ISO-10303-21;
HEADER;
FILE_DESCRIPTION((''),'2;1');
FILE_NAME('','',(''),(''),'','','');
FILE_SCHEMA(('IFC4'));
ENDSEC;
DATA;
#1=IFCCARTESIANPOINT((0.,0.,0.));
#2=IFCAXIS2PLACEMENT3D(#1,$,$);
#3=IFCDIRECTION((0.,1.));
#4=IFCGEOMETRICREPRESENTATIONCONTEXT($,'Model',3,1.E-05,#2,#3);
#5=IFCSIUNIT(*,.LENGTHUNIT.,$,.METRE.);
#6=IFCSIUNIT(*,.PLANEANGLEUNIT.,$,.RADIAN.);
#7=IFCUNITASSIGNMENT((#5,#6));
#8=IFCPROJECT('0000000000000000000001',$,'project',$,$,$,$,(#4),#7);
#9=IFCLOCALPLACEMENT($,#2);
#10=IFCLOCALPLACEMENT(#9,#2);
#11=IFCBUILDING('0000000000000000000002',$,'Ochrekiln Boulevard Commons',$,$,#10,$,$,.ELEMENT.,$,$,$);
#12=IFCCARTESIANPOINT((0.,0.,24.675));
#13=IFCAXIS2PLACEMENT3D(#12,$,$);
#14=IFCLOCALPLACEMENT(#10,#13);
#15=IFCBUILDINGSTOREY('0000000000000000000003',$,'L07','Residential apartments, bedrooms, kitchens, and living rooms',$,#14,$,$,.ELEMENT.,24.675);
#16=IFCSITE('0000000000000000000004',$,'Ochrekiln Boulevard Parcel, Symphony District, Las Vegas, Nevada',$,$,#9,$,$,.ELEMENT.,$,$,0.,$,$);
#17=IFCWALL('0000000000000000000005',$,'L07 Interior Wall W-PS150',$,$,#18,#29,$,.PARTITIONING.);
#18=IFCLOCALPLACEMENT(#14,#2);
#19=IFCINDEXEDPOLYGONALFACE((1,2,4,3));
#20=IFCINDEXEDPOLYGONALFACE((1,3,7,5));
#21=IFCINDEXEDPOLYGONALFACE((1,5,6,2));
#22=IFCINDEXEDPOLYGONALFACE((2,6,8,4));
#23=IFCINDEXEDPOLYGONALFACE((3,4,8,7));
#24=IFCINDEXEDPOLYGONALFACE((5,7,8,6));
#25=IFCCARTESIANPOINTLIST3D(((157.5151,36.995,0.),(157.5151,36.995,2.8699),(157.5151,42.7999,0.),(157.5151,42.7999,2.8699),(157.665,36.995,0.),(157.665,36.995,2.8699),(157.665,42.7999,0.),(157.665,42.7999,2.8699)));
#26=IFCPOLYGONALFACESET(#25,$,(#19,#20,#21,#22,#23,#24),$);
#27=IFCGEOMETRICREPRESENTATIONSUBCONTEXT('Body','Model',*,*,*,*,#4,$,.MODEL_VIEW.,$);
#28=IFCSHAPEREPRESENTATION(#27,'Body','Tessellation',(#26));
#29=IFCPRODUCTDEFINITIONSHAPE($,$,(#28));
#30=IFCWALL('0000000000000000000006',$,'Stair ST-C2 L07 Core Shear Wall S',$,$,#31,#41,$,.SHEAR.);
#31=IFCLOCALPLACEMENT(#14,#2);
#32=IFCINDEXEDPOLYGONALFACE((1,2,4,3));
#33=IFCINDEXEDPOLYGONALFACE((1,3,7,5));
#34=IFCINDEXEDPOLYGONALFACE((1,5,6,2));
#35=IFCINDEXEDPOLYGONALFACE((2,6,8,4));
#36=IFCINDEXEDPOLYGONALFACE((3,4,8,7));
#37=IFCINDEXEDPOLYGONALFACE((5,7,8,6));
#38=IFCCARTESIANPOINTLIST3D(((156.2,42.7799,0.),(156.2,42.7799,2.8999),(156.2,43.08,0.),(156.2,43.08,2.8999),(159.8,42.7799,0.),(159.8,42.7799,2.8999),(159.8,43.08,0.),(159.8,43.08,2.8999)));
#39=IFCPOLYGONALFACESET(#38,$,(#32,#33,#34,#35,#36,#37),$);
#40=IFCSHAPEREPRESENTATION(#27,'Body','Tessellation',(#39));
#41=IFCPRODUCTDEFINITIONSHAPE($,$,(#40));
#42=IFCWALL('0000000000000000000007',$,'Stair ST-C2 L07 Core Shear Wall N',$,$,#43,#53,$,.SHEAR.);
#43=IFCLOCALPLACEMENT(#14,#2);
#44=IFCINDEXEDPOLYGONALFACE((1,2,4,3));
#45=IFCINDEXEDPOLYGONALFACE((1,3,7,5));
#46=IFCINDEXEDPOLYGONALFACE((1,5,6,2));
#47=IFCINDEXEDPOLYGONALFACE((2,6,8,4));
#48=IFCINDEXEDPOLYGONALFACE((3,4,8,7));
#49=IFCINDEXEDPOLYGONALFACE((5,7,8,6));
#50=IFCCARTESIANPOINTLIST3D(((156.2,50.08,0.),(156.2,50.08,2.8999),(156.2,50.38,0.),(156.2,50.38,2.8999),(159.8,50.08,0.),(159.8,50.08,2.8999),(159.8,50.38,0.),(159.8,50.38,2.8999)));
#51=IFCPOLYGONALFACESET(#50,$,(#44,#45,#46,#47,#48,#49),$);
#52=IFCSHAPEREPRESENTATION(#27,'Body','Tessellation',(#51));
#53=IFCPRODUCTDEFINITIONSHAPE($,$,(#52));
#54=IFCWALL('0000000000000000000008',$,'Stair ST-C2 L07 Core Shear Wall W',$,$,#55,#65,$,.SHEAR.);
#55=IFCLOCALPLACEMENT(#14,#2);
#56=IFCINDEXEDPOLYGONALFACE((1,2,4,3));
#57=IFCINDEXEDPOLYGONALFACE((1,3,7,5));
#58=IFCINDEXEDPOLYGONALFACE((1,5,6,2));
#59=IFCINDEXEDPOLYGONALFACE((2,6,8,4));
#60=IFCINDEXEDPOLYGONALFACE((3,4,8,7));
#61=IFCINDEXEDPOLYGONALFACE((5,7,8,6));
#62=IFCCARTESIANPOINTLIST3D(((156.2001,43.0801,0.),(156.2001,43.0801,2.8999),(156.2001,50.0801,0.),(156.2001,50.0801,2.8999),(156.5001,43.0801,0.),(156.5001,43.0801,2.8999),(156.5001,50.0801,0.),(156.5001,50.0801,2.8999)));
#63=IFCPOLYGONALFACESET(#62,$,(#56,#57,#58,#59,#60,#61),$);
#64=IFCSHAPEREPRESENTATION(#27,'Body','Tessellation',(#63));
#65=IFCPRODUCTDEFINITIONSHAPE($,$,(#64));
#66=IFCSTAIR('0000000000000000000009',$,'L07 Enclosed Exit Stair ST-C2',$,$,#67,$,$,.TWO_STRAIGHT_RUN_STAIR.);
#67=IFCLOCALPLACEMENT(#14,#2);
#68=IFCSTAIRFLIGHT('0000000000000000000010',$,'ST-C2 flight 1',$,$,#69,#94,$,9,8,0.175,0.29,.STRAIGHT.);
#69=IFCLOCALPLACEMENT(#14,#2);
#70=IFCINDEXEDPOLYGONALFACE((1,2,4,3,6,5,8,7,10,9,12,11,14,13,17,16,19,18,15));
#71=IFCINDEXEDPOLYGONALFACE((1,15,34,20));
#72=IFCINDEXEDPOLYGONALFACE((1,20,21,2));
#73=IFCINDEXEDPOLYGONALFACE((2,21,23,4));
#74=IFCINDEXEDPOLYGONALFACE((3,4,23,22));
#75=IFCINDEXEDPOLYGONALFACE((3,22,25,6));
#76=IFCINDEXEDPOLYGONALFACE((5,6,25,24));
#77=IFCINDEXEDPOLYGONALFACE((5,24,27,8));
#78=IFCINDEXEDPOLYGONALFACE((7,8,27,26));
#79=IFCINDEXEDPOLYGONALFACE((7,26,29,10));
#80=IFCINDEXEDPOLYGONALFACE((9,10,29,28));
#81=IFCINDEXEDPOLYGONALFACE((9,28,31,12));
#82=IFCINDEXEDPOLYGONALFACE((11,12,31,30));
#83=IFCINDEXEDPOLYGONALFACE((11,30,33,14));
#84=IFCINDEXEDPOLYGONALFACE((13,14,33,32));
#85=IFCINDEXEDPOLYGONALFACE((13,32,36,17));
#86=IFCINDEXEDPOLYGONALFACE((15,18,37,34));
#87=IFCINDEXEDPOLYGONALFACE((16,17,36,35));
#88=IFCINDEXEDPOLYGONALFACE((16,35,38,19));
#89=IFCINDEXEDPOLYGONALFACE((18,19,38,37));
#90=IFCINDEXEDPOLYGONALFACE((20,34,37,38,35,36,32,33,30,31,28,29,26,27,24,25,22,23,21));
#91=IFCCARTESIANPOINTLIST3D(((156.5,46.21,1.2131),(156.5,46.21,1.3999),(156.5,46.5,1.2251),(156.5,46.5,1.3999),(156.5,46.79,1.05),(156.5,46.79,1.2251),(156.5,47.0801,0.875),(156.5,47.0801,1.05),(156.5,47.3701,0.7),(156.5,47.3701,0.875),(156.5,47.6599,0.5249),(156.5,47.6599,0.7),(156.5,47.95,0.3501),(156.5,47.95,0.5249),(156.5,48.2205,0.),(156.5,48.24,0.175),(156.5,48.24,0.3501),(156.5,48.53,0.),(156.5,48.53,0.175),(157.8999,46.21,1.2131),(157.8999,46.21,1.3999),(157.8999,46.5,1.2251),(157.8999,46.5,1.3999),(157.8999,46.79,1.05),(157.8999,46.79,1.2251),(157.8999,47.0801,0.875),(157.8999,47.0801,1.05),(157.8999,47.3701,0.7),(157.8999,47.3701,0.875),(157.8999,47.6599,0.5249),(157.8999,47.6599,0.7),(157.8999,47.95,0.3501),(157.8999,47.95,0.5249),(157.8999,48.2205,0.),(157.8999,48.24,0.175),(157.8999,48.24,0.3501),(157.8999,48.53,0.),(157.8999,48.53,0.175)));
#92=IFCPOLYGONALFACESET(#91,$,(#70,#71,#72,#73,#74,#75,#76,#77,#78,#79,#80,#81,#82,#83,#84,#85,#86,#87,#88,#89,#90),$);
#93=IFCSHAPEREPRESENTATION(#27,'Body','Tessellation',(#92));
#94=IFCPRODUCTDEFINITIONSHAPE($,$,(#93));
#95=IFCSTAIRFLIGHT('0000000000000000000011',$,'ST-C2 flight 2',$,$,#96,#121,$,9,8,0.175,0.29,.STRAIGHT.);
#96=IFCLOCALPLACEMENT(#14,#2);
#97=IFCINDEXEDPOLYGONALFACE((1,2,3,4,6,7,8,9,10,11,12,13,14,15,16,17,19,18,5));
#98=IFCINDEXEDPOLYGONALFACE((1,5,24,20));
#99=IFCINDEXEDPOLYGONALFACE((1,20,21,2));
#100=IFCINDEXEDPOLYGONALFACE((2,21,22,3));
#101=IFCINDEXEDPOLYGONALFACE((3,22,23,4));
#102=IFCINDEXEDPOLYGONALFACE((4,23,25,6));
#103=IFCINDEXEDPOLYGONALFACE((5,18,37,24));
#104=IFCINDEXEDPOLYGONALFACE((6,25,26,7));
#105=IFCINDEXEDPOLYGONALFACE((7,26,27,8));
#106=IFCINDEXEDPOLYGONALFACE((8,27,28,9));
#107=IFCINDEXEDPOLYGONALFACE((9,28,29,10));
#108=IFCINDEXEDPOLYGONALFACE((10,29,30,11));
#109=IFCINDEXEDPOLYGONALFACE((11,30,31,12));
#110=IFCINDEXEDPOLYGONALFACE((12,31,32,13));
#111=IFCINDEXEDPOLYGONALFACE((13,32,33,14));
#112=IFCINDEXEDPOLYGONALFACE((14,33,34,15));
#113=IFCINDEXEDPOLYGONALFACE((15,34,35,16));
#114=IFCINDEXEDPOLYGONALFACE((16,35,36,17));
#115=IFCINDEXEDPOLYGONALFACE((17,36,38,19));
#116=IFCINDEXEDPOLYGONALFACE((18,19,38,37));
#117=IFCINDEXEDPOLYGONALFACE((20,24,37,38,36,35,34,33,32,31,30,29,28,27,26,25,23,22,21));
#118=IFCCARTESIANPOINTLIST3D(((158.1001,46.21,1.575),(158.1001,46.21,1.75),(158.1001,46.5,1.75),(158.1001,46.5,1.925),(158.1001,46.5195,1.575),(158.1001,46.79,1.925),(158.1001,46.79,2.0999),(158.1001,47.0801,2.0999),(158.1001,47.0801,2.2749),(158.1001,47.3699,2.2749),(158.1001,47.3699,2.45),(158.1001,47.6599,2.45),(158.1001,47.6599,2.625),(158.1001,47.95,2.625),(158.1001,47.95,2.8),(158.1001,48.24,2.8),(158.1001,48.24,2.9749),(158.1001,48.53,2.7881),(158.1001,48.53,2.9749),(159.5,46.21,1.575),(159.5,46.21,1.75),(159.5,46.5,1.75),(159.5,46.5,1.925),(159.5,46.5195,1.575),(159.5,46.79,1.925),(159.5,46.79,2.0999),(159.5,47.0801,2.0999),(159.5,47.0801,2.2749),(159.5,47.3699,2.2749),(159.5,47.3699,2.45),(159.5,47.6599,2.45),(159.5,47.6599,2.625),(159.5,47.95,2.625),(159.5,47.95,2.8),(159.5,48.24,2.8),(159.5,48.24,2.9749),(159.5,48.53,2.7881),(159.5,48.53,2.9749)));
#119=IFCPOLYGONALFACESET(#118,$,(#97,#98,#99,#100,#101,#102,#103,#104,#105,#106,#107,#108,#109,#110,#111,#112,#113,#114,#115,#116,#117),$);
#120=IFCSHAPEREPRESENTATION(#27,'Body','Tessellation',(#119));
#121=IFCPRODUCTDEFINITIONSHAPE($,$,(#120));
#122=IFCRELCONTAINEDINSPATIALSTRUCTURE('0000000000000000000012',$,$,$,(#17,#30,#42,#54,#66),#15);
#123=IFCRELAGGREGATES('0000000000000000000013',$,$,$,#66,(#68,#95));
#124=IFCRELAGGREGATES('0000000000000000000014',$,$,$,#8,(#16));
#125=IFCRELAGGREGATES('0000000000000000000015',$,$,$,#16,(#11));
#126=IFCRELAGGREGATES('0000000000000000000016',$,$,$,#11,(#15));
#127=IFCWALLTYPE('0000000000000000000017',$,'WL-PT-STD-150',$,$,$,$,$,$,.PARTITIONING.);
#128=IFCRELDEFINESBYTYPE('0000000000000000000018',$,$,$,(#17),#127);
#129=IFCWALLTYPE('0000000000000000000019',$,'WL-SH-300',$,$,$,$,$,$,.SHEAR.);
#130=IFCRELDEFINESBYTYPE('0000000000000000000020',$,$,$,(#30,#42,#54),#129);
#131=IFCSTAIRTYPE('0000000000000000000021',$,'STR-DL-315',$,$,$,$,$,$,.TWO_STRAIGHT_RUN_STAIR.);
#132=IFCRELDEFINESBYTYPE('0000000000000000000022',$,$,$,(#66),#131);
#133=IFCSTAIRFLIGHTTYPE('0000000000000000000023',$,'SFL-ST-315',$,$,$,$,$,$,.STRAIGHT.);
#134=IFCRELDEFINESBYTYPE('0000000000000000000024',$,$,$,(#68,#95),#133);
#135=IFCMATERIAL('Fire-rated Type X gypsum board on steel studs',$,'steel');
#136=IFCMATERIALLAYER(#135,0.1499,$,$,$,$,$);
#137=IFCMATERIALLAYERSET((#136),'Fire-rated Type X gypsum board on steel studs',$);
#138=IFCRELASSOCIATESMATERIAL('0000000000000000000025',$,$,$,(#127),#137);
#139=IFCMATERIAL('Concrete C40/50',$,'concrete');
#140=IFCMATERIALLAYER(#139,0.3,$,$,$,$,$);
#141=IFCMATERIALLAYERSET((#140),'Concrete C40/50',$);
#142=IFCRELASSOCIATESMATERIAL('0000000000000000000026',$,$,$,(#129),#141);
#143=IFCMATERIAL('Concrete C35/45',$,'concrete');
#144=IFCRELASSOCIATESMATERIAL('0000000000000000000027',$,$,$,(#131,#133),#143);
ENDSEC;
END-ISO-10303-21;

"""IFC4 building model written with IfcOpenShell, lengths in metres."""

from ifc_helpers import new_model, si_unit, direction, frame, frame_2d, origin, place, context, subcontext, project, spatial, polyline, rectangle, outline, extrude, material, layer, layer_set, type_object, element, aggregate, save


model = new_model("IFC4")

# Units and contexts
model_context = context("Model", 3, precision=1e-05, world=origin(), true_north=direction((0.0, 1.0)))
body_context = subcontext(model_context, "Body", "Model", "MODEL_VIEW")
ifc_project = project(units=[si_unit("LENGTHUNIT", "METRE"), si_unit("PLANEANGLEUNIT", "RADIAN")], contexts=[model_context])

# Site, building, storey
site_placement = place(None, origin())
site = spatial("IfcSite", under=ifc_project, at=site_placement, Name="Ochrekiln Boulevard Parcel, Symphony District, Las Vegas, Nevada", CompositionType="ELEMENT", RefElevation=0.0)
building_placement = place(site_placement, origin())
building = spatial("IfcBuilding", under=site, at=building_placement, Name="Ochrekiln Boulevard Commons", CompositionType="ELEMENT")
storey_placement = place(building_placement, frame((0.0, 0.0, 24.675)))
storey = spatial("IfcBuildingStorey", under=building, at=storey_placement, Name="L07", Description="Residential apartments, bedrooms, kitchens, and living rooms", CompositionType="ELEMENT", Elevation=24.675)

# Shared definitions
ifc_material_1 = material(Name="Concrete C40/50", Category="concrete")

# Shared definitions
ifc_material_2 = material(Name="Fire-rated Type X gypsum board on steel studs", Category="steel")

# Walls
ifc_layer_1 = layer(ifc_material_2, 0.1499)
ifc_layer_set_1 = layer_set([ifc_layer_1], Name="Fire-rated Type X gypsum board on steel studs")
wall_type_1 = type_object("IfcWallType", Name="WL-PT-STD-150", PredefinedType="PARTITIONING", material=ifc_layer_set_1)
wall_1_placement = place(storey_placement, frame((157.5901, 36.9951, 0.0), z_axis=(0.0, 0.0, 1.0), x_axis=(0.0, 1.0, 0.0)))
element("IfcWall", 1, at=wall_1_placement, inside=storey, type_object=wall_type_1, Name="L07 Interior Wall W-PS150", PredefinedType="PARTITIONING", context=body_context, shape_type="SweptSolid", body=[
    extrude(rectangle(XDim=5.8049, YDim=0.1499, at=frame_2d((2.9023, 0.0))), origin(), (0.0, 0.0, 1.0), 2.8699),
])
ifc_layer_2 = layer(ifc_material_1, 0.3)
ifc_layer_set_2 = layer_set([ifc_layer_2], Name="Concrete C40/50")
wall_type_2 = type_object("IfcWallType", Name="WL-SH-300", PredefinedType="SHEAR", material=ifc_layer_set_2)
for number, where, z_axis, x_axis, name in (
    (2, (156.2, 42.9299, 0.0), (0.0, 0.0, 1.0), (1.0, 0.0, 0.0), "Stair ST-C2 L07 Core Shear Wall S"),
    (3, (156.2, 50.23, 0.0), (0.0, 0.0, 1.0), (1.0, 0.0, 0.0), "Stair ST-C2 L07 Core Shear Wall N"),
):
    element("IfcWall", number, at=place(storey_placement, frame(where, z_axis=z_axis, x_axis=x_axis)), inside=storey, type_object=wall_type_2, Name=name, PredefinedType="SHEAR", context=body_context, shape_type="SweptSolid", body=[
        extrude(rectangle(XDim=3.6001, YDim=0.3, at=frame_2d((1.8, 0.0))), origin(), (0.0, 0.0, 1.0), 2.8999),
    ])
wall_2_placement = place(storey_placement, frame((156.3501, 43.0801, 0.0), z_axis=(0.0, 0.0, 1.0), x_axis=(0.0, 1.0, 0.0)))
element("IfcWall", 4, at=wall_2_placement, inside=storey, type_object=wall_type_2, Name="Stair ST-C2 L07 Core Shear Wall W", PredefinedType="SHEAR", context=body_context, shape_type="SweptSolid", body=[
    extrude(rectangle(XDim=7.0, YDim=0.3, at=frame_2d((3.5, 0.0))), origin(), (0.0, 0.0, 1.0), 2.8999),
])

# Stair, stair flights
ifc_material_3 = material(Name="Concrete C35/45", Category="concrete")
stair_type = type_object("IfcStairType", Name="STR-DL-315", PredefinedType="TWO_STRAIGHT_RUN_STAIR", material=ifc_material_3)
stair_placement = place(storey_placement, origin())
stair = element("IfcStair", 5, at=stair_placement, inside=storey, type_object=stair_type, Name="L07 Enclosed Exit Stair ST-C2", PredefinedType="TWO_STRAIGHT_RUN_STAIR")
stair_flight_type = type_object("IfcStairFlightType", Name="SFL-ST-315", PredefinedType="STRAIGHT", material=ifc_material_3)
stair_flight_1_placement = place(storey_placement, frame((157.2, 48.53, 0.0), z_axis=(0.0, 0.0, 1.0), x_axis=(0.0, -1.0, 0.0)))
stair_flight_1 = element("IfcStairFlight", 6, at=stair_flight_1_placement, type_object=stair_flight_type, Name="ST-C2 flight 1", NumberOfRisers=9, NumberOfTreads=8, PredefinedType="STRAIGHT", RiserHeight=0.175, TreadLength=0.29, context=body_context, shape_type="SweptSolid", body=[
    extrude(outline(polyline([(0.0, 0.0), (0.0, 0.175), (0.29, 0.175), (0.29, 0.3501), (0.5801, 0.3501), (0.5801, 0.5249), (0.8701, 0.5249), (0.8701, 0.7), (1.1599, 0.7), (1.1599, 0.875), (1.45, 0.875), (1.45, 1.05), (1.74, 1.05), (1.74, 1.2251), (2.03, 1.2251), (2.03, 1.3999), (2.3201, 1.3999), (2.3201, 1.575), (2.3201, 1.2131), (0.3096, 0.0), (0.0, 0.0)])), frame((0.0, 0.7, 0.0), z_axis=(0.0, -1.0, 0.0), x_axis=(1.0, 0.0, 0.0)), (0.0, 0.0, 1.0), 1.3999),
])
stair_flight_2_placement = place(storey_placement, frame((158.8, 46.21, 1.575), z_axis=(0.0, 0.0, 1.0), x_axis=(0.0, 1.0, 0.0)))
stair_flight_2 = element("IfcStairFlight", 7, at=stair_flight_2_placement, type_object=stair_flight_type, Name="ST-C2 flight 2", NumberOfRisers=9, NumberOfTreads=8, PredefinedType="STRAIGHT", RiserHeight=0.175, TreadLength=0.29, context=body_context, shape_type="SweptSolid", body=[
    extrude(outline(polyline([(0.0, 0.0), (0.0, 0.175), (0.29, 0.175), (0.29, 0.3501), (0.5801, 0.3501), (0.5801, 0.5249), (0.8701, 0.5249), (0.8701, 0.7), (1.1599, 0.7), (1.1599, 0.875), (1.45, 0.875), (1.45, 1.05), (1.74, 1.05), (1.74, 1.2251), (2.03, 1.2251), (2.03, 1.3999), (2.3201, 1.3999), (2.3201, 1.575), (2.3201, 1.2131), (0.3096, 0.0), (0.0, 0.0)])), frame((0.0, 0.7, 0.0), z_axis=(0.0, -1.0, 0.0), x_axis=(1.0, 0.0, 0.0)), (0.0, 0.0, 1.0), 1.3999),
])
aggregate(stair, [stair_flight_1, stair_flight_2])

save(model, "model.ifc")
